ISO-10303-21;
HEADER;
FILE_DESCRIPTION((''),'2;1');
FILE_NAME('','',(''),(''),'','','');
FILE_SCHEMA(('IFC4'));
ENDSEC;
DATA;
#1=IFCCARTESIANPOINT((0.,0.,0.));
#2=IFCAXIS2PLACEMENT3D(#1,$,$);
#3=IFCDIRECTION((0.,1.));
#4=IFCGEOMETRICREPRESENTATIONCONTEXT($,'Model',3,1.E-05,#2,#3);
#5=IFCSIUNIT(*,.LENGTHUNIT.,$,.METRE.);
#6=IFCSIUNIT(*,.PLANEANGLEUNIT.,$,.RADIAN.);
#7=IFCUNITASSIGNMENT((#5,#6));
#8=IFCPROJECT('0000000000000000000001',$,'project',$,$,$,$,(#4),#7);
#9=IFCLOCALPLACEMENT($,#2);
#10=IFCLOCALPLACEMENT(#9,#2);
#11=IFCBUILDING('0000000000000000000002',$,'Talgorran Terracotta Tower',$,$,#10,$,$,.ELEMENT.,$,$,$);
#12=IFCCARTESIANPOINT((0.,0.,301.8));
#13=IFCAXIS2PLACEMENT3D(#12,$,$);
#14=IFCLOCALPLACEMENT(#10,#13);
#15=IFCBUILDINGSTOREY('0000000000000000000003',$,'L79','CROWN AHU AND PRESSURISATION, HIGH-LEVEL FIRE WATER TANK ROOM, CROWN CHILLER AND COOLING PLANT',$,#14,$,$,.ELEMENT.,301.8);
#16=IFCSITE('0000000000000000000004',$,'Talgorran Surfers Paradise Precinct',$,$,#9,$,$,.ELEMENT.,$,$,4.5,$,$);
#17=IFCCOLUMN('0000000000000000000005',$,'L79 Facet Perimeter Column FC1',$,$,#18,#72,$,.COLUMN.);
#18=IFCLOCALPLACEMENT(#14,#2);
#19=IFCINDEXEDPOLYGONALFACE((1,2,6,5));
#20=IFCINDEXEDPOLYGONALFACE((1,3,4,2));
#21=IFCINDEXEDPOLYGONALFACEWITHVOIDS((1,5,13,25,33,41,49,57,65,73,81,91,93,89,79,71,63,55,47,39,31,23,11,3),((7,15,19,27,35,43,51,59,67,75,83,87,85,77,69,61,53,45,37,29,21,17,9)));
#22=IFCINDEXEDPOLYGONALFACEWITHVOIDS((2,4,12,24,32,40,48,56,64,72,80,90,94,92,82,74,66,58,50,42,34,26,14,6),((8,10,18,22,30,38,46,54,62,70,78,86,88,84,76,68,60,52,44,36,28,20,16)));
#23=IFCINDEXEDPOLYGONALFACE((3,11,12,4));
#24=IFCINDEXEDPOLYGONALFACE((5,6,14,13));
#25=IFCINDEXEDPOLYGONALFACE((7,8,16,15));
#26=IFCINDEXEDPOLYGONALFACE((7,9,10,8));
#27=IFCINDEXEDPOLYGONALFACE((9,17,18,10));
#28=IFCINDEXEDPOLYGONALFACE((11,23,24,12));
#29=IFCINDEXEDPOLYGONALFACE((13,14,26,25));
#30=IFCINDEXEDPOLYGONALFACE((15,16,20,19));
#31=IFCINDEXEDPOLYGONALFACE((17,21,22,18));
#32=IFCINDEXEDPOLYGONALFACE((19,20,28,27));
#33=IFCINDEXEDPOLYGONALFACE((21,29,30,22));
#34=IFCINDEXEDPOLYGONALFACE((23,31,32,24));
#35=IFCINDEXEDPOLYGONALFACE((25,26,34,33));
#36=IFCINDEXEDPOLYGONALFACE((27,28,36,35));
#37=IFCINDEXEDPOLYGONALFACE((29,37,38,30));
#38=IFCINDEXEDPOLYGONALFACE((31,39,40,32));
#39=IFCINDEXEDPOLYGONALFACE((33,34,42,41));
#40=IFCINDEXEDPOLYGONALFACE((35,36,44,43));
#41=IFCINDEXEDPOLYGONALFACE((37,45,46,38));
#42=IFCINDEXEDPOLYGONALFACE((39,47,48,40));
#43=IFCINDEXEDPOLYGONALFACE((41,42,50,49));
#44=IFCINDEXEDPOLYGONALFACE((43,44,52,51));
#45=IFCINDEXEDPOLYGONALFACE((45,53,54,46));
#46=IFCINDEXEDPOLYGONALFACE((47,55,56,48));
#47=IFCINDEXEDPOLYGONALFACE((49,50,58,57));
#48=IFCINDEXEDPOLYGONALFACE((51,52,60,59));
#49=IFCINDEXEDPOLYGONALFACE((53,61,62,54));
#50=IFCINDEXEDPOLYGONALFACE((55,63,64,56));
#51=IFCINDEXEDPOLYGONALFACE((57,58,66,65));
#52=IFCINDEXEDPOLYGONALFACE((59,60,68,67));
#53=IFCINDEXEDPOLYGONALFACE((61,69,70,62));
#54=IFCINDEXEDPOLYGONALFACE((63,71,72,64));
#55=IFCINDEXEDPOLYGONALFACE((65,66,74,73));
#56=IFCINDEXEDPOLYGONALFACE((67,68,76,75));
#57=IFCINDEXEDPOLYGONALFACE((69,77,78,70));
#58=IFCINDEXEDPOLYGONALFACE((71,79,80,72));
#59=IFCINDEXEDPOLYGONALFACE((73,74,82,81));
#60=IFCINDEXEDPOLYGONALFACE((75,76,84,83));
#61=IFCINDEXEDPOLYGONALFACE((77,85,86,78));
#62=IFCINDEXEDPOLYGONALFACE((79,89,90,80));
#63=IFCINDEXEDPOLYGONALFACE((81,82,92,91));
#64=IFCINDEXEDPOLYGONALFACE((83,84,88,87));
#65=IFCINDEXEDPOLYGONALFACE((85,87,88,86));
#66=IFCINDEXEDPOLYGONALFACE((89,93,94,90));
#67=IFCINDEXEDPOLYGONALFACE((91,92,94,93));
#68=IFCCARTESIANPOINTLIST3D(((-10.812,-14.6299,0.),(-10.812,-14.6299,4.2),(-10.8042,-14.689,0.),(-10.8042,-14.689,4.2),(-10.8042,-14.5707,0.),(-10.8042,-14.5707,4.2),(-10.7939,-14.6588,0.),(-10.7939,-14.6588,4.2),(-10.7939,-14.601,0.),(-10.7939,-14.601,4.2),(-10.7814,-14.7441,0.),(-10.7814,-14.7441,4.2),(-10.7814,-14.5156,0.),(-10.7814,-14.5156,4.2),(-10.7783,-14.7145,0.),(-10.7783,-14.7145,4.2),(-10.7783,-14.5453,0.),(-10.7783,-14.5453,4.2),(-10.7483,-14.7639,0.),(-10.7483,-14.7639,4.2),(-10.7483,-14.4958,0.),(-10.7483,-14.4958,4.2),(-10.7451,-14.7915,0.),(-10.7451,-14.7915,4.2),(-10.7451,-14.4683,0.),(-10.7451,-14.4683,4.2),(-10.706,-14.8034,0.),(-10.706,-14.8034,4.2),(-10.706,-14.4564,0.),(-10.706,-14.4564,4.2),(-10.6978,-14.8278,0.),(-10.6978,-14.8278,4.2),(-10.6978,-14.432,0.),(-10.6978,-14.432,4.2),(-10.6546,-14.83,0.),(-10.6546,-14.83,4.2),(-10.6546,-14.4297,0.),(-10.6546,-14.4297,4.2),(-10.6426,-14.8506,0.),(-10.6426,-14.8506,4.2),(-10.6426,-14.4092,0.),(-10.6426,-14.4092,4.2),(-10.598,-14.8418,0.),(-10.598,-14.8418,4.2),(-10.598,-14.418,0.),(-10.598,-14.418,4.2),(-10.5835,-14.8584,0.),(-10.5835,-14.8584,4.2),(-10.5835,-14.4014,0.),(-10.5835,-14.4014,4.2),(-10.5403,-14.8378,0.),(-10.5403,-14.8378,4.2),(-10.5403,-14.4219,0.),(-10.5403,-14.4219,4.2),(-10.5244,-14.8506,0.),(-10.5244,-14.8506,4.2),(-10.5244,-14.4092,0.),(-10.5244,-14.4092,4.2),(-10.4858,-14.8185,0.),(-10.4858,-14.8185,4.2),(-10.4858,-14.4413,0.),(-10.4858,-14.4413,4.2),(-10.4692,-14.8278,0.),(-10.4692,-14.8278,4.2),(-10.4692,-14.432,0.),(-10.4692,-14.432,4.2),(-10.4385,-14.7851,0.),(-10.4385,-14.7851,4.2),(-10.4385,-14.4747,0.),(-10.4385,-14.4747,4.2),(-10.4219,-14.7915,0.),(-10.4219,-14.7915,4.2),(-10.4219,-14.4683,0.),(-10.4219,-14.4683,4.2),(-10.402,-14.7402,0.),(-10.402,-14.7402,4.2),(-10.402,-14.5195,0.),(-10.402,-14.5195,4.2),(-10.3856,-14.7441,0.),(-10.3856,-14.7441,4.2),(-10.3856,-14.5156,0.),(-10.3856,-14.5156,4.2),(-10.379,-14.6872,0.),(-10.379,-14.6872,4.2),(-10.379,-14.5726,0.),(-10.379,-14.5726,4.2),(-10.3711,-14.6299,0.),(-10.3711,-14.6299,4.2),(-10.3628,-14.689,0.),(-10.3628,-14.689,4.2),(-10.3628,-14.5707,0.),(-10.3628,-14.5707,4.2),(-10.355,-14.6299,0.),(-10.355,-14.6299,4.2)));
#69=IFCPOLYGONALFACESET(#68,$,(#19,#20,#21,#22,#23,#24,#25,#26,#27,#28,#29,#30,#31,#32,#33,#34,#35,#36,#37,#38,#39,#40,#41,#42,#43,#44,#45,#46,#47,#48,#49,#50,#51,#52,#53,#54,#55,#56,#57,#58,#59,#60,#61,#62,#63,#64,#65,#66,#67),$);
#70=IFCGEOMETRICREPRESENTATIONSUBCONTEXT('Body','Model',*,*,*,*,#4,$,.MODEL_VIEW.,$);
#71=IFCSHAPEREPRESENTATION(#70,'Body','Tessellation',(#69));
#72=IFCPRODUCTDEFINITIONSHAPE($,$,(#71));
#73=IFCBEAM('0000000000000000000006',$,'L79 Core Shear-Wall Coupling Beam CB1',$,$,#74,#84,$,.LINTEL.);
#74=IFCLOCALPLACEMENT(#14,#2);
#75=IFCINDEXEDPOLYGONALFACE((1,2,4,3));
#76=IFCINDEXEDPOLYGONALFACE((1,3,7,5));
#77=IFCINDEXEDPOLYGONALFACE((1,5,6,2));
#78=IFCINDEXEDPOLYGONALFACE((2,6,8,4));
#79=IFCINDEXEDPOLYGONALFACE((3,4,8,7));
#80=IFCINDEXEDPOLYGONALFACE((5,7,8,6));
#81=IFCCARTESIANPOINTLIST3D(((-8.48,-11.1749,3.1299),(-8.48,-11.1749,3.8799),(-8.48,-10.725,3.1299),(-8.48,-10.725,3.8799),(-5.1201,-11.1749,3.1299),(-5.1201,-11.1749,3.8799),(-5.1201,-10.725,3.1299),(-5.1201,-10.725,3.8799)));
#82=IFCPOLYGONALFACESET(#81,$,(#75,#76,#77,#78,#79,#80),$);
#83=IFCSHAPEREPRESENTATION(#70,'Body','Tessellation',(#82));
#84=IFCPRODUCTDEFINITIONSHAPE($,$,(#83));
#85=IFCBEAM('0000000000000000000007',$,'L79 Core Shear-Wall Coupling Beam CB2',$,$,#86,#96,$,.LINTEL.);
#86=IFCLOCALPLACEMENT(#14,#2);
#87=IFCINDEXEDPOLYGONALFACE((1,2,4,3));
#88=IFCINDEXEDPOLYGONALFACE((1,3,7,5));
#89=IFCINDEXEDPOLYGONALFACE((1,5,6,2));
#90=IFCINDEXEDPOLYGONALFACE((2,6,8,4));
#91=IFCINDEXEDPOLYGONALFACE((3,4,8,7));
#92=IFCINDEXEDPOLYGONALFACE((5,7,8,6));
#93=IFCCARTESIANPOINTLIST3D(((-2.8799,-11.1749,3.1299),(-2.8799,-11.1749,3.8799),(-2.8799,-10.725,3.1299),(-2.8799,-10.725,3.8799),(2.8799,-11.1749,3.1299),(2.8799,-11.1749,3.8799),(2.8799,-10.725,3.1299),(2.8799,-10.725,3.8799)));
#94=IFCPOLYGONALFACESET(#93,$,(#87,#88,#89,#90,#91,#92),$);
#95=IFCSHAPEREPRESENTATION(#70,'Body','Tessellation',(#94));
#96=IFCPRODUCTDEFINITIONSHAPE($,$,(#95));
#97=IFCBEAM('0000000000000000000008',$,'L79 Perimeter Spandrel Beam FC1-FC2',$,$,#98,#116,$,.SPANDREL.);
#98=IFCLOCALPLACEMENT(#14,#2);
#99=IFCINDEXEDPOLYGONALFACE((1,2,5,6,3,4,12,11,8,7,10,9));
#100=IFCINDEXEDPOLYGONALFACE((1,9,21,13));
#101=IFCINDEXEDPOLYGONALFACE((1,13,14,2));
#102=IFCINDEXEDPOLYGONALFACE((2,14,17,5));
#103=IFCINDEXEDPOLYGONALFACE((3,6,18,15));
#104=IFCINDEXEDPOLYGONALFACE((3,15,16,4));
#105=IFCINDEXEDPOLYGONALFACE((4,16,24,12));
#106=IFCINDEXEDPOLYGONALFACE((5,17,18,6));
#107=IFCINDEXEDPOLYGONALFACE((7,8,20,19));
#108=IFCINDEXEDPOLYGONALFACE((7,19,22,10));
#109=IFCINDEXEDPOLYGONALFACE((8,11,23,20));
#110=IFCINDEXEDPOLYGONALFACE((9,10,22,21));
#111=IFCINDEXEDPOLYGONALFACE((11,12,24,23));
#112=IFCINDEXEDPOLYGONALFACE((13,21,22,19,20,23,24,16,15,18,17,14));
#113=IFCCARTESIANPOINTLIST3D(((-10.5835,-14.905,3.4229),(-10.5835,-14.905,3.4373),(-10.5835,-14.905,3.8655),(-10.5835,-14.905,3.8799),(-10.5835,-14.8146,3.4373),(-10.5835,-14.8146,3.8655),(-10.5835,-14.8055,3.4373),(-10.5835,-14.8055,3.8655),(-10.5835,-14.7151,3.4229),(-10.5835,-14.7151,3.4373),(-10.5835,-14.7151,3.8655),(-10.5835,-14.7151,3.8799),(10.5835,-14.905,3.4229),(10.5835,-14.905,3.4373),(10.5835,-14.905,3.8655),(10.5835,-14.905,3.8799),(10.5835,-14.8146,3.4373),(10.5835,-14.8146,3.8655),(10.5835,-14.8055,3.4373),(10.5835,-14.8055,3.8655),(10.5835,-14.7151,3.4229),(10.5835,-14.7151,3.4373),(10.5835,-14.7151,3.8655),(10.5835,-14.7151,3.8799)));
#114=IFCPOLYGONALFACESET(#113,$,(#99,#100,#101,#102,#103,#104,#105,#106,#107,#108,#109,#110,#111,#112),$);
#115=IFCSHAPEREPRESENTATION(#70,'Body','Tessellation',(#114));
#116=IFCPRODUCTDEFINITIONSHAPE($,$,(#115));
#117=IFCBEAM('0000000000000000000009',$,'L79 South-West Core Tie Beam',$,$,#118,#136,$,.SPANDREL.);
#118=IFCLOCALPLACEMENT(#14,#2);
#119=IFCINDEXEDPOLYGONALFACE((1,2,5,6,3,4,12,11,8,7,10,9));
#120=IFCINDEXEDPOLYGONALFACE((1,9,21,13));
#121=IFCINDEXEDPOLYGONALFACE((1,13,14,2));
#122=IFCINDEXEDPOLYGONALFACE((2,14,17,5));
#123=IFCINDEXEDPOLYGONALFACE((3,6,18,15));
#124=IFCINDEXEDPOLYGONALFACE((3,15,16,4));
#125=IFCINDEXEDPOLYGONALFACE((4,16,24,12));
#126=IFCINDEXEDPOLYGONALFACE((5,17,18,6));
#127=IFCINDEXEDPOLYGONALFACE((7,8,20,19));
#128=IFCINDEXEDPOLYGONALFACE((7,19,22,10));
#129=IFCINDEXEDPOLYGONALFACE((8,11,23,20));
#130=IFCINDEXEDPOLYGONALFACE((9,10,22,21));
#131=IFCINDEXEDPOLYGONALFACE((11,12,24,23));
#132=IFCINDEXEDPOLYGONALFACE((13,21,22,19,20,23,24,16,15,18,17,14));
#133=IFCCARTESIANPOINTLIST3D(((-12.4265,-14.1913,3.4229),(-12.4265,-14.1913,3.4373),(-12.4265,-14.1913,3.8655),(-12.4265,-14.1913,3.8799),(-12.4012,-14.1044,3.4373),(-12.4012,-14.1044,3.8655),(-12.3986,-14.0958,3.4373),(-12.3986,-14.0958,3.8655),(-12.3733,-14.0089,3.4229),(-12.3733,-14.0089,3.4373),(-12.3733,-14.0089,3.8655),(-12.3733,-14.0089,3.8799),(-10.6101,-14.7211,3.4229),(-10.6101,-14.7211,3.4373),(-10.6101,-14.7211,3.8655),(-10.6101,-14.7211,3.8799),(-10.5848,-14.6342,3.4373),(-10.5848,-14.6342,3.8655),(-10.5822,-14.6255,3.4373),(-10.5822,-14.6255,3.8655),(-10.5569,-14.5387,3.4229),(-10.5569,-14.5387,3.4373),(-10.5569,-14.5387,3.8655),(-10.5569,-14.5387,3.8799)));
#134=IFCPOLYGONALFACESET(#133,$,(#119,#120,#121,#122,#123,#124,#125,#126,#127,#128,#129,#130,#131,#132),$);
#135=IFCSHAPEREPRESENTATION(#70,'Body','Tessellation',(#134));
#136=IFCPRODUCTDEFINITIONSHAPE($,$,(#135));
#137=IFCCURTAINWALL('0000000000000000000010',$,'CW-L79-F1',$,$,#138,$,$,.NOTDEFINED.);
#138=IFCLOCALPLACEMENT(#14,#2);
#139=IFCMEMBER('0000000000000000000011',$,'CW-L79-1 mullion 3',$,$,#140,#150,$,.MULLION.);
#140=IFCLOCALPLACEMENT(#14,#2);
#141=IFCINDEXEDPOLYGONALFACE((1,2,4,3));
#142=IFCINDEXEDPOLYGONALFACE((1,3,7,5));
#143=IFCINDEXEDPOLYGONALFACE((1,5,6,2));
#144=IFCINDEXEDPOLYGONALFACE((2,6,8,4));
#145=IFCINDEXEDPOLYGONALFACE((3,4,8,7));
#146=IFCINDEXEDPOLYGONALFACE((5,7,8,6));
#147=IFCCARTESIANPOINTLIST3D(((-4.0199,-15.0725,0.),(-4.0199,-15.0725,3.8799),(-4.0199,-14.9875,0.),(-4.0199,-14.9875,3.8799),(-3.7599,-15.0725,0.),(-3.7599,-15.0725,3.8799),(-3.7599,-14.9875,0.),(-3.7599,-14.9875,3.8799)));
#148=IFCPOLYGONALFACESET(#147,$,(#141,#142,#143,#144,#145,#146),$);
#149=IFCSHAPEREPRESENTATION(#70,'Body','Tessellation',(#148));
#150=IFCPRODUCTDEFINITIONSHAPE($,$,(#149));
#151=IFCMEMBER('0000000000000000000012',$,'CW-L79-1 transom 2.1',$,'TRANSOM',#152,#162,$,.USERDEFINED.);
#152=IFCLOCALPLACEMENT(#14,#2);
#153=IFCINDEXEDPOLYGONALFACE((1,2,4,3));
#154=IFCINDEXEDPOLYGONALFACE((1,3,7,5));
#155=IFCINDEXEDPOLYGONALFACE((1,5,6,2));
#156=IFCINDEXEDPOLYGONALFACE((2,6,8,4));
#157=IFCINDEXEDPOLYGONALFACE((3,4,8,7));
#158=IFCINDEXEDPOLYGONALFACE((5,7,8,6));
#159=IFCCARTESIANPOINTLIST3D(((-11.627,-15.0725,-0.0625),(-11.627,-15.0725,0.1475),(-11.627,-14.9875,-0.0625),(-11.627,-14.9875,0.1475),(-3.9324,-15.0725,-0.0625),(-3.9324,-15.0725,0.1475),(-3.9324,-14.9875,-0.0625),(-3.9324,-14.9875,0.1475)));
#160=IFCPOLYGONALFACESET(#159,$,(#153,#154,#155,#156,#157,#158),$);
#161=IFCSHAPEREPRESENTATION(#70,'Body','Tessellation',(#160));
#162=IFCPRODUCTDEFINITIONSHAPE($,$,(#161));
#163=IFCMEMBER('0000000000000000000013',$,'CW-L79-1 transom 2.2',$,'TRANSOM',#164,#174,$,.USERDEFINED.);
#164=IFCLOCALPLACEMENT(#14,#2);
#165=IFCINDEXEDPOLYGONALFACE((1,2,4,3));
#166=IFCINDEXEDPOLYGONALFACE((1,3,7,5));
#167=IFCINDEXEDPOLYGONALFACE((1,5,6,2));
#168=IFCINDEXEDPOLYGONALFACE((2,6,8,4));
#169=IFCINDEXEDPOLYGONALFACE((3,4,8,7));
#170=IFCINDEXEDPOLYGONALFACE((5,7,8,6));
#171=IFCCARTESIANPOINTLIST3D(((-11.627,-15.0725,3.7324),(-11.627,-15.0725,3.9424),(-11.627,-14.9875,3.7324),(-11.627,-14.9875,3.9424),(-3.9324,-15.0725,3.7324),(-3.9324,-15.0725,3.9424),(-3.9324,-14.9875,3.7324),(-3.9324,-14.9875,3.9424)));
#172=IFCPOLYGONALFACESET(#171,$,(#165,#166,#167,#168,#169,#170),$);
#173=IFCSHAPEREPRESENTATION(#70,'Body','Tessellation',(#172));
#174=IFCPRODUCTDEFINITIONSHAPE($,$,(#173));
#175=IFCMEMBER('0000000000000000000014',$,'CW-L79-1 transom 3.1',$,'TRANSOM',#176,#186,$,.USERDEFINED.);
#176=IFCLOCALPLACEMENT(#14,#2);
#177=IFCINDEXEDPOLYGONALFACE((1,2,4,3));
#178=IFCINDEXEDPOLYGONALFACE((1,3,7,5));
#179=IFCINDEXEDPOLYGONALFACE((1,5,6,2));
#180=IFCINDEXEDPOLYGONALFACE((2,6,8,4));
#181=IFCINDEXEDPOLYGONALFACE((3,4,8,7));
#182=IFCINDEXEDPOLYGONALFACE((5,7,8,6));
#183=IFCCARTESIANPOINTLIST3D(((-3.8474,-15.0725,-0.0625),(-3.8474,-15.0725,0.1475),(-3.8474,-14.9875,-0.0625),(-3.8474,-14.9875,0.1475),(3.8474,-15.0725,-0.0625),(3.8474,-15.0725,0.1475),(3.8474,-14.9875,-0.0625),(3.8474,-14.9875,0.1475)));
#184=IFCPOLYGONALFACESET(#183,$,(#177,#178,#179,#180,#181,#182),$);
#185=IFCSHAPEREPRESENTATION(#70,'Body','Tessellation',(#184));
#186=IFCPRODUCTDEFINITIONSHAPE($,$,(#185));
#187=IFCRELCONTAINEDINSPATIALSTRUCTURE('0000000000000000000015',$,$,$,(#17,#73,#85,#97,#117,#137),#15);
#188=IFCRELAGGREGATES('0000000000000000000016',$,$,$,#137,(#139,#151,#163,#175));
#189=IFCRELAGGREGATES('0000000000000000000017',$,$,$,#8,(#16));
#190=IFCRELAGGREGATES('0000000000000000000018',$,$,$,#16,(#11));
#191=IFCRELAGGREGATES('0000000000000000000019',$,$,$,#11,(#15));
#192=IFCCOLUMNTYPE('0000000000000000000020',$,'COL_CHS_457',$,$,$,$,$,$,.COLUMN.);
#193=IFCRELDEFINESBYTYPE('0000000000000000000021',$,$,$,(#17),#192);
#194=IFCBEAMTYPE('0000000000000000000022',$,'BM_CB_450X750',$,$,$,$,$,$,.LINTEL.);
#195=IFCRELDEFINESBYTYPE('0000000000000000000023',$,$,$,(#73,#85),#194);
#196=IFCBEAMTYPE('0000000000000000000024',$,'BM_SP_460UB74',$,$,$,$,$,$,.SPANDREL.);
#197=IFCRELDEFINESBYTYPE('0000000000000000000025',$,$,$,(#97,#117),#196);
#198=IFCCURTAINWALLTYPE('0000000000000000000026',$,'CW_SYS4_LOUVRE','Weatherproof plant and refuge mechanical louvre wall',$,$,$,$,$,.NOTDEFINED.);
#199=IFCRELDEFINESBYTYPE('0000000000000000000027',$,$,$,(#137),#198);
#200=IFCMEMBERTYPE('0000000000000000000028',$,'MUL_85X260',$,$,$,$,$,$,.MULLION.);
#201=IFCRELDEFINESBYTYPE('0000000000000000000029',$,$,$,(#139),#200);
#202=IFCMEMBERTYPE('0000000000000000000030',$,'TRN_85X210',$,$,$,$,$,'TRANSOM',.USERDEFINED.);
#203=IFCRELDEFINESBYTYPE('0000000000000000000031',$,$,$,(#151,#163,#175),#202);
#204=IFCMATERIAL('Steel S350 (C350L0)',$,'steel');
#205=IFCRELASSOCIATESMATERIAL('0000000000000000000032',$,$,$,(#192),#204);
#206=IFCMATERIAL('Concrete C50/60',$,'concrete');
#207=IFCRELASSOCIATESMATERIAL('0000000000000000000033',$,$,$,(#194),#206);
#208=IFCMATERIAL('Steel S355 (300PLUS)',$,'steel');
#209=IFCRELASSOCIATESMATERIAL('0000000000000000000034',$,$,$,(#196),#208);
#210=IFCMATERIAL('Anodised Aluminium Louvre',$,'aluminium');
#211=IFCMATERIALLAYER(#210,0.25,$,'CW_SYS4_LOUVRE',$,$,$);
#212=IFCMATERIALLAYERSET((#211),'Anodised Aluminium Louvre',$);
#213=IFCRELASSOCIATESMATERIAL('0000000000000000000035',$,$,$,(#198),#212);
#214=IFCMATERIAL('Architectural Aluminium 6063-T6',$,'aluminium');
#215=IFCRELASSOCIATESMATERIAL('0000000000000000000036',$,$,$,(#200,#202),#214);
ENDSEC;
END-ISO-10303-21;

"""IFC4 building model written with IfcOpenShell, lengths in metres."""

from ifc_helpers import new_model, si_unit, direction, frame, origin, origin_2d, place, context, subcontext, project, spatial, rectangle, hollow_circle, i_section, extrude, material, layer, layer_set, material_profile, profile_set, type_object, element, aggregate, save


model = new_model("IFC4")

# Units and contexts
model_context = context("Model", 3, precision=1e-05, world=origin(), true_north=direction((0.0, 1.0)))
body_context = subcontext(model_context, "Body", "Model", "MODEL_VIEW")
ifc_project = project(units=[si_unit("LENGTHUNIT", "METRE"), si_unit("PLANEANGLEUNIT", "RADIAN")], contexts=[model_context])

# Site, building, storey
site_placement = place(None, origin())
site = spatial("IfcSite", under=ifc_project, at=site_placement, Name="Talgorran Surfers Paradise Precinct", CompositionType="ELEMENT", RefElevation=4.5)
building_placement = place(site_placement, origin())
building = spatial("IfcBuilding", under=site, at=building_placement, Name="Talgorran Terracotta Tower", CompositionType="ELEMENT")
storey_placement = place(building_placement, frame((0.0, 0.0, 301.8)))
storey = spatial("IfcBuildingStorey", under=building, at=storey_placement, Name="L79", Description="CROWN AHU AND PRESSURISATION, HIGH-LEVEL FIRE WATER TANK ROOM, CROWN CHILLER AND COOLING PLANT", CompositionType="ELEMENT", Elevation=301.8)

# Column
ifc_material_1 = material(Name="Steel S350 (C350L0)", Category="steel")
ifc_material_profile_1 = material_profile(ifc_material_1, hollow_circle(Radius=0.2285, WallThickness=0.0161, at=origin_2d()), Name="CHS457X16")
ifc_profile_set_1 = profile_set([ifc_material_profile_1], Name="Steel S350 (C350L0)")
column_type = type_object("IfcColumnType", Name="COL_CHS_457", PredefinedType="COLUMN", material=ifc_profile_set_1)
column_placement = place(storey_placement, frame((-10.5835, -14.6299, 0.0), z_axis=(0.0, 0.0, 1.0), x_axis=(1.0, 0.0, 0.0)))
element("IfcColumn", 1, at=column_placement, inside=storey, type_object=column_type, Name="L79 Facet Perimeter Column FC1", PredefinedType="COLUMN", context=body_context, shape_type="SweptSolid", body=[
    extrude(hollow_circle(Radius=0.2285, WallThickness=0.0161, at=origin_2d()), origin(), (0.0, 0.0, 1.0), 4.2),
])

# Beams
ifc_material_2 = material(Name="Concrete C50/60", Category="concrete")
ifc_material_profile_2 = material_profile(ifc_material_2, rectangle(XDim=0.45, YDim=0.75, at=origin_2d()), Name="RCCB450X750")
ifc_profile_set_2 = profile_set([ifc_material_profile_2], Name="Concrete C50/60")
beam_type_1 = type_object("IfcBeamType", Name="BM_CB_450X750", PredefinedType="LINTEL", material=ifc_profile_set_2)
beam_1_placement = place(storey_placement, frame((-8.48, -10.95, 3.5049), z_axis=(1.0, 0.0, 0.0), x_axis=(0.0, 1.0, 0.0)))
element("IfcBeam", 2, at=beam_1_placement, inside=storey, type_object=beam_type_1, Name="L79 Core Shear-Wall Coupling Beam CB1", PredefinedType="LINTEL", context=body_context, shape_type="SweptSolid", body=[
    extrude(rectangle(XDim=0.45, YDim=0.75, at=origin_2d()), origin(), (0.0, 0.0, 1.0), 3.3599),
])
beam_2_placement = place(storey_placement, frame((-2.8799, -10.95, 3.5049), z_axis=(1.0, 0.0, 0.0), x_axis=(0.0, 1.0, 0.0)))
element("IfcBeam", 3, at=beam_2_placement, inside=storey, type_object=beam_type_1, Name="L79 Core Shear-Wall Coupling Beam CB2", PredefinedType="LINTEL", context=body_context, shape_type="SweptSolid", body=[
    extrude(rectangle(XDim=0.45, YDim=0.75, at=origin_2d()), origin(), (0.0, 0.0, 1.0), 5.7598),
])
ifc_material_3 = material(Name="Steel S355 (300PLUS)", Category="steel")
ifc_material_profile_3 = material_profile(ifc_material_3, i_section(OverallWidth=0.1899, OverallDepth=0.457, WebThickness=0.009, FlangeThickness=0.0144, at=origin_2d()), Name="460UB74.6")
ifc_profile_set_3 = profile_set([ifc_material_profile_3], Name="Steel S355 (300PLUS)")
beam_type_2 = type_object("IfcBeamType", Name="BM_SP_460UB74", PredefinedType="SPANDREL", material=ifc_profile_set_3)
beam_3_placement = place(storey_placement, frame((-10.5835, -14.8101, 3.6514), z_axis=(1.0, 0.0, 0.0), x_axis=(0.0, 1.0, 0.0)))
element("IfcBeam", 4, at=beam_3_placement, inside=storey, type_object=beam_type_2, Name="L79 Perimeter Spandrel Beam FC1-FC2", PredefinedType="SPANDREL", context=body_context, shape_type="SweptSolid", body=[
    extrude(i_section(OverallWidth=0.1899, OverallDepth=0.457, WebThickness=0.009, FlangeThickness=0.0144, at=origin_2d()), origin(), (0.0, 0.0, 1.0), 21.167),
])
beam_4_placement = place(storey_placement, frame((-10.5835, -14.6299, 3.6514), z_axis=(-0.96, 0.28, 0.0), x_axis=(-0.28, -0.96, 0.0)))
element("IfcBeam", 5, at=beam_4_placement, inside=storey, type_object=beam_type_2, Name="L79 South-West Core Tie Beam", PredefinedType="SPANDREL", context=body_context, shape_type="SweptSolid", body=[
    extrude(i_section(OverallWidth=0.1899, OverallDepth=0.457, WebThickness=0.009, FlangeThickness=0.0144, at=origin_2d()), origin(), (0.0, 0.0, 1.0), 1.8921),
])

# Curtain wall, members
ifc_material_4 = material(Name="Anodised Aluminium Louvre", Category="aluminium")
ifc_layer_1 = layer(ifc_material_4, 0.25, Name="CW_SYS4_LOUVRE")
ifc_layer_set_1 = layer_set([ifc_layer_1], Name="Anodised Aluminium Louvre")
curtain_wall_type = type_object("IfcCurtainWallType", Name="CW_SYS4_LOUVRE", Description="Weatherproof plant and refuge mechanical louvre wall", PredefinedType="NOTDEFINED", material=ifc_layer_set_1)
curtain_wall_placement = place(storey_placement, origin())
curtain_wall = element("IfcCurtainWall", 6, at=curtain_wall_placement, inside=storey, type_object=curtain_wall_type, Name="CW-L79-F1", PredefinedType="NOTDEFINED")
ifc_material_5 = material(Name="Architectural Aluminium 6063-T6", Category="aluminium")
ifc_material_profile_4 = material_profile(ifc_material_5, rectangle(XDim=0.085, YDim=0.26, at=origin_2d()), Name="CWM85X260")
ifc_profile_set_4 = profile_set([ifc_material_profile_4], Name="Architectural Aluminium 6063-T6")
member_type_1 = type_object("IfcMemberType", Name="MUL_85X260", PredefinedType="MULLION", material=ifc_profile_set_4)
member_1_placement = place(storey_placement, frame((-3.8899, -15.03, 0.0), z_axis=(0.0, 0.0, 1.0), x_axis=(0.0, 1.0, 0.0)))
member_1 = element("IfcMember", 7, at=member_1_placement, type_object=member_type_1, Name="CW-L79-1 mullion 3", PredefinedType="MULLION", context=body_context, shape_type="SweptSolid", body=[
    extrude(rectangle(XDim=0.085, YDim=0.26, at=origin_2d()), origin(), (0.0, 0.0, 1.0), 3.8799),
])
ifc_material_profile_5 = material_profile(ifc_material_5, rectangle(XDim=0.085, YDim=0.21, at=origin_2d()), Name="CWT85X210")
ifc_profile_set_5 = profile_set([ifc_material_profile_5], Name="Architectural Aluminium 6063-T6")
member_type_2 = type_object("IfcMemberType", Name="TRN_85X210", ElementType="TRANSOM", PredefinedType="USERDEFINED", material=ifc_profile_set_5)
member_2_placement = place(storey_placement, frame((-11.627, -15.03, 0.0425), z_axis=(1.0, 0.0, 0.0), x_axis=(0.0, 1.0, 0.0)))
member_2 = element("IfcMember", 8, at=member_2_placement, type_object=member_type_2, Name="CW-L79-1 transom 2.1", ObjectType="TRANSOM", PredefinedType="USERDEFINED", context=body_context, shape_type="SweptSolid", body=[
    extrude(rectangle(XDim=0.085, YDim=0.21, at=origin_2d()), origin(), (0.0, 0.0, 1.0), 7.6946),
])
member_3_placement = place(storey_placement, frame((-11.627, -15.03, 3.8374), z_axis=(1.0, 0.0, 0.0), x_axis=(0.0, 1.0, 0.0)))
member_3 = element("IfcMember", 9, at=member_3_placement, type_object=member_type_2, Name="CW-L79-1 transom 2.2", ObjectType="TRANSOM", PredefinedType="USERDEFINED", context=body_context, shape_type="SweptSolid", body=[
    extrude(rectangle(XDim=0.085, YDim=0.21, at=origin_2d()), origin(), (0.0, 0.0, 1.0), 7.6946),
])
member_4_placement = place(storey_placement, frame((-3.8474, -15.03, 0.0425), z_axis=(1.0, 0.0, 0.0), x_axis=(0.0, 1.0, 0.0)))
member_4 = element("IfcMember", 10, at=member_4_placement, type_object=member_type_2, Name="CW-L79-1 transom 3.1", ObjectType="TRANSOM", PredefinedType="USERDEFINED", context=body_context, shape_type="SweptSolid", body=[
    extrude(rectangle(XDim=0.085, YDim=0.21, at=origin_2d()), origin(), (0.0, 0.0, 1.0), 7.6948),
])
aggregate(curtain_wall, [member_1, member_2, member_3, member_4])

save(model, "model.ifc")
